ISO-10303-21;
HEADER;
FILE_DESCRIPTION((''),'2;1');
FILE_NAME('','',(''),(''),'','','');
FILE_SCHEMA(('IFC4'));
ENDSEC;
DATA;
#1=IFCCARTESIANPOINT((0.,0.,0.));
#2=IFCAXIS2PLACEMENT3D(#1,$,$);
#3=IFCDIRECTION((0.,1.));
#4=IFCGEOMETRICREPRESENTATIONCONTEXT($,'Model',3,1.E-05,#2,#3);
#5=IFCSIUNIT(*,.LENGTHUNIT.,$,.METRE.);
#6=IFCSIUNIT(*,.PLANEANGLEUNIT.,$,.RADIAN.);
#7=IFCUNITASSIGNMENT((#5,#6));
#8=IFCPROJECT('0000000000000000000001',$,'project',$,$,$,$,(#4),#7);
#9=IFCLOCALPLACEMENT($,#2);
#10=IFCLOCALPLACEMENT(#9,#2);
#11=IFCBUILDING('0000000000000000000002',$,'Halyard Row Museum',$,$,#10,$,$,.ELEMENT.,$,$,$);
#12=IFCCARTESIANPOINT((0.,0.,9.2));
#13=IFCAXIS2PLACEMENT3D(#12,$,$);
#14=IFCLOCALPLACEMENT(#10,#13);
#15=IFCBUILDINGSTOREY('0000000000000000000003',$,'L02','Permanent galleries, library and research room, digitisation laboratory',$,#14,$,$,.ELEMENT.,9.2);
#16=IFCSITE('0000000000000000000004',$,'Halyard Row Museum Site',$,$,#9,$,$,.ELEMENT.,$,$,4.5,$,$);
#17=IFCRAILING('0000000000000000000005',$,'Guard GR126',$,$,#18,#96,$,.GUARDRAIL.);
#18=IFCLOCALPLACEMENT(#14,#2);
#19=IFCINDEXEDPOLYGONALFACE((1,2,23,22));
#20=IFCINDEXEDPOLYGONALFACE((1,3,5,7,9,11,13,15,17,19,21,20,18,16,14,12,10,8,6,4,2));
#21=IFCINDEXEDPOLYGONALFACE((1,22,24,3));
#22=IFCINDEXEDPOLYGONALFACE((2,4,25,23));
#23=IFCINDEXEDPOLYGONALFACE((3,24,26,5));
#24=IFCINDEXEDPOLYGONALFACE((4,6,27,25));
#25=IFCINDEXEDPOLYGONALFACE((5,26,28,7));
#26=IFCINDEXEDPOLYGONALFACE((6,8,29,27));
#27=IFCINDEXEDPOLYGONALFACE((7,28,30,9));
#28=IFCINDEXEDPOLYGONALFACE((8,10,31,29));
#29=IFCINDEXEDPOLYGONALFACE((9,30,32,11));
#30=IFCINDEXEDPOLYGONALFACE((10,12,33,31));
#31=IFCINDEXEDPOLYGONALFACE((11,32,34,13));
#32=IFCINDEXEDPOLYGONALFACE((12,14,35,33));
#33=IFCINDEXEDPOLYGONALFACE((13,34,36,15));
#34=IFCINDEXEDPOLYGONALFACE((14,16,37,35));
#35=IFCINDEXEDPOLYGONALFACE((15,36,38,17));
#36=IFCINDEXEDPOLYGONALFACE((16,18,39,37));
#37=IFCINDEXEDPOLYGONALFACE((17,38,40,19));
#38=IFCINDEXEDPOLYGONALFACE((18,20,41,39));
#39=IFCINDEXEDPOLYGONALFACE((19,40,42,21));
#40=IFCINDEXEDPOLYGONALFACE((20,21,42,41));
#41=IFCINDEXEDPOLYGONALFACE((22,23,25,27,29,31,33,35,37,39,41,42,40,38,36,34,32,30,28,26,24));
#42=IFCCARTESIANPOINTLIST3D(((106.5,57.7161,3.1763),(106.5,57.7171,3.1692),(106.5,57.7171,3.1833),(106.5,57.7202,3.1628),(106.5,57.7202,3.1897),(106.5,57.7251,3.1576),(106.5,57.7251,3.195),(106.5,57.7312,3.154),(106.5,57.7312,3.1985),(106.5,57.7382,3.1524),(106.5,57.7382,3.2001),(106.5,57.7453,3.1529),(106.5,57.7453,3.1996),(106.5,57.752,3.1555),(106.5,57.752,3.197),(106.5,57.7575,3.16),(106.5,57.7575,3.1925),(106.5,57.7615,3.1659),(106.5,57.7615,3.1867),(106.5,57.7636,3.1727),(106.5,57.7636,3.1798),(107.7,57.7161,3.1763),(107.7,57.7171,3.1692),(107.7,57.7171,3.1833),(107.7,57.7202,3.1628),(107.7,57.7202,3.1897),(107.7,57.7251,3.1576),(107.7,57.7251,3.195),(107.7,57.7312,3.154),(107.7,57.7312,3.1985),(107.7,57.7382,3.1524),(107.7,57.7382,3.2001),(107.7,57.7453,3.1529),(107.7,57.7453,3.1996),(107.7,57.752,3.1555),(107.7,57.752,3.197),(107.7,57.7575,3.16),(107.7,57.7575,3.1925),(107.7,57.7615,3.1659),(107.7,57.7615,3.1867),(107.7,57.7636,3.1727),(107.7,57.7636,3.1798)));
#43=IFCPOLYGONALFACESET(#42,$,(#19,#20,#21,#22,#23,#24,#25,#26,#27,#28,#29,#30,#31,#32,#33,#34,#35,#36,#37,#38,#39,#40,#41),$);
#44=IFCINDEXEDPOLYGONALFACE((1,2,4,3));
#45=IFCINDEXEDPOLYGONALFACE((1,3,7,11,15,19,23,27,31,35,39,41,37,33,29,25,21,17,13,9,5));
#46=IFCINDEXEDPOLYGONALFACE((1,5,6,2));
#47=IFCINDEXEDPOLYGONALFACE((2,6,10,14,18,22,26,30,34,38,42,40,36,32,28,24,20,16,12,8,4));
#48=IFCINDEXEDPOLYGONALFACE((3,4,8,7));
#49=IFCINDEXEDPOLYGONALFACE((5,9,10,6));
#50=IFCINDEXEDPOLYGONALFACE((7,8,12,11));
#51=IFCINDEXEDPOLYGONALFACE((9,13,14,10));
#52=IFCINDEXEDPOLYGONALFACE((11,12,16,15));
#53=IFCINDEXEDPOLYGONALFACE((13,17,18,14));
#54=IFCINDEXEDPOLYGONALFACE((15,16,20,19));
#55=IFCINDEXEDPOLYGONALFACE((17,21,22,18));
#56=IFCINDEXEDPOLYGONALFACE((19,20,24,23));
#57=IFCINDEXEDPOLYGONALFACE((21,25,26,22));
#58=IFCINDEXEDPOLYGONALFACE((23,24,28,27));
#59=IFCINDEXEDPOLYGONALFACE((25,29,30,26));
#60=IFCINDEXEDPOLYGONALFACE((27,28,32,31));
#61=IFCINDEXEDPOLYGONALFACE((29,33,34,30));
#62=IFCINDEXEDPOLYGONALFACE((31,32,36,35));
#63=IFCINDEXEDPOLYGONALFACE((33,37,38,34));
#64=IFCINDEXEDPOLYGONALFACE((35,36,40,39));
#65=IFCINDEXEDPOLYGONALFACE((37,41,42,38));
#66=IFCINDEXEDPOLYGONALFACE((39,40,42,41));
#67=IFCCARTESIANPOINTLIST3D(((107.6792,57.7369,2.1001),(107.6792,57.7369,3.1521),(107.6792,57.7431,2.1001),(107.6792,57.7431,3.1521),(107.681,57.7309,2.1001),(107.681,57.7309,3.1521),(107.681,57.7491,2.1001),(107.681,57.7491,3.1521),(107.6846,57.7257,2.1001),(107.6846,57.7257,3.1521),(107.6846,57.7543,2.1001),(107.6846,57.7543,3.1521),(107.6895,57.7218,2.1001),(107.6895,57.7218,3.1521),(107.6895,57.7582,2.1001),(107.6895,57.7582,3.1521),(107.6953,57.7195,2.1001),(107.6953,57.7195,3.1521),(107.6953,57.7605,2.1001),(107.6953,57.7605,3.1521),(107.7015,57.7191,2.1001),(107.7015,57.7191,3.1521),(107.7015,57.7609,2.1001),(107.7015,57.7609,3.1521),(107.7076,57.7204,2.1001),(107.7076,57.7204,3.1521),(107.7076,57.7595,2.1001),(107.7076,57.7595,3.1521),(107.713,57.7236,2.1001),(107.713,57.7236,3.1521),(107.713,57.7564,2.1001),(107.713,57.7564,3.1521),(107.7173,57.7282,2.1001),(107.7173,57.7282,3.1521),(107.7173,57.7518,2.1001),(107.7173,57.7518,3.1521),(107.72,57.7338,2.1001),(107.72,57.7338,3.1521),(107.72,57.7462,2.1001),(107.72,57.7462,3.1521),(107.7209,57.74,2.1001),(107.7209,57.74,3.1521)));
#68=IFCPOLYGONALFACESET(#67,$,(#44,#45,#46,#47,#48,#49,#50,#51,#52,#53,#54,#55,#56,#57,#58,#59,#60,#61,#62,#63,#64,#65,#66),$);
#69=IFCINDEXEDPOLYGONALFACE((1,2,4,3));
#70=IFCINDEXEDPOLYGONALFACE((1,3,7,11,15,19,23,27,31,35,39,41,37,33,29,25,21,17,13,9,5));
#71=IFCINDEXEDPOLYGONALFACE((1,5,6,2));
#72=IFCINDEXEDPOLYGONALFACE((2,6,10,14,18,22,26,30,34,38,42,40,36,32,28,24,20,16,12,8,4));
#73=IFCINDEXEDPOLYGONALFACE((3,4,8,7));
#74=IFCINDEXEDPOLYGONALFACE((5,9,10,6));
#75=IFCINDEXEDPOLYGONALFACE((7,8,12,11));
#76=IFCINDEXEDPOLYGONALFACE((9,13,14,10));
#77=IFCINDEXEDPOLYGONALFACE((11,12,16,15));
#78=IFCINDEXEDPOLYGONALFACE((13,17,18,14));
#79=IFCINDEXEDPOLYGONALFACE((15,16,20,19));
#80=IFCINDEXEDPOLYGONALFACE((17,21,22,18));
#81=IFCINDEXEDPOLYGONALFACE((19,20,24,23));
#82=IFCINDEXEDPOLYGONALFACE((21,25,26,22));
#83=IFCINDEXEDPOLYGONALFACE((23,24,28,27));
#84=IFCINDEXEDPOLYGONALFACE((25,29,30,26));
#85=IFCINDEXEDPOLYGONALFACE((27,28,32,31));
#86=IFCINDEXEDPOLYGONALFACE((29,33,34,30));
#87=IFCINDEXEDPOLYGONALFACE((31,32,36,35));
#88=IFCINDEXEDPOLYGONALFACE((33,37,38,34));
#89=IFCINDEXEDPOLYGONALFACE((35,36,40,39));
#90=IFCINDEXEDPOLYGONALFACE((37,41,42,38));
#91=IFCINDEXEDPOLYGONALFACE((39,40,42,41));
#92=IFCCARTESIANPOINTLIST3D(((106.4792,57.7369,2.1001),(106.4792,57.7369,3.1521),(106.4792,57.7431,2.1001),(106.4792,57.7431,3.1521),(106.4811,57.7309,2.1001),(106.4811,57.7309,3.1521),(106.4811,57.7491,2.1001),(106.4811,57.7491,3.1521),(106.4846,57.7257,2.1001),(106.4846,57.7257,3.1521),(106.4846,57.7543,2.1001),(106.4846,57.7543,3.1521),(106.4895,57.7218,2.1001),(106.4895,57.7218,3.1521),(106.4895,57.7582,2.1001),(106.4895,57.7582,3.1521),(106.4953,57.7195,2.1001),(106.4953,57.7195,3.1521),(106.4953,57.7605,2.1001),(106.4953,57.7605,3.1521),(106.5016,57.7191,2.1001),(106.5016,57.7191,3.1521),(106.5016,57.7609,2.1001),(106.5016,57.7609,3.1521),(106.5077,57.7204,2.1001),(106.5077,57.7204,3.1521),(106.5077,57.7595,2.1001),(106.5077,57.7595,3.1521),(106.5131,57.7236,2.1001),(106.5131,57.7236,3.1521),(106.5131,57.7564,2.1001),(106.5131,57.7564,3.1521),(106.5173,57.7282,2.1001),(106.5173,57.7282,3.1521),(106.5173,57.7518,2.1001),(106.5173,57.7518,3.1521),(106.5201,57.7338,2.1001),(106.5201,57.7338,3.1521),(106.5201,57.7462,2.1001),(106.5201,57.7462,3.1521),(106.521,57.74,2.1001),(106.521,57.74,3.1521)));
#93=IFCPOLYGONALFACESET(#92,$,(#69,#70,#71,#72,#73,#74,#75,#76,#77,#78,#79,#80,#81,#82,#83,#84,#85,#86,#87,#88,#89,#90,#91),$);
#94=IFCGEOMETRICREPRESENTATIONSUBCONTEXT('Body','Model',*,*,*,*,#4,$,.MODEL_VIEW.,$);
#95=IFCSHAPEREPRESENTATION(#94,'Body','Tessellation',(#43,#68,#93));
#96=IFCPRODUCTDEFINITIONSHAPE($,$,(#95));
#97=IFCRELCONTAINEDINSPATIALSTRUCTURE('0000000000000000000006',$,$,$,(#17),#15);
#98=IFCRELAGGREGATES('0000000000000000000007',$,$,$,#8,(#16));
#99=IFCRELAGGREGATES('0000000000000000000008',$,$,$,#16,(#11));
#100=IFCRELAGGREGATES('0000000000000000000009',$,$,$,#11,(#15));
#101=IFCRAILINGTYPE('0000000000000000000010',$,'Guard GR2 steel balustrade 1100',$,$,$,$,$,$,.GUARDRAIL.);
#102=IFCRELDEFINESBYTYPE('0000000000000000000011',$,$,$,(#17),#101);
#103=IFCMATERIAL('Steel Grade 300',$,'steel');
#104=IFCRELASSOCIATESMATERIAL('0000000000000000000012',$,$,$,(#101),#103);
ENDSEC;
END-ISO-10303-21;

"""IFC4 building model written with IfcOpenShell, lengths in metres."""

from ifc_helpers import new_model, si_unit, direction, frame, origin, origin_2d, place, context, subcontext, project, spatial, circle, extrude, material, type_object, element, save


model = new_model("IFC4")

# Units and contexts
model_context = context("Model", 3, precision=1e-05, world=origin(), true_north=direction((0.0, 1.0)))
body_context = subcontext(model_context, "Body", "Model", "MODEL_VIEW")
ifc_project = project(units=[si_unit("LENGTHUNIT", "METRE"), si_unit("PLANEANGLEUNIT", "RADIAN")], contexts=[model_context])

# Site, building, storey
site_placement = place(None, origin())
site = spatial("IfcSite", under=ifc_project, at=site_placement, Name="Halyard Row Museum Site", CompositionType="ELEMENT", RefElevation=4.5)
building_placement = place(site_placement, origin())
building = spatial("IfcBuilding", under=site, at=building_placement, Name="Halyard Row Museum", CompositionType="ELEMENT")
storey_placement = place(building_placement, frame((0.0, 0.0, 9.2)))
storey = spatial("IfcBuildingStorey", under=building, at=storey_placement, Name="L02", Description="Permanent galleries, library and research room, digitisation laboratory", CompositionType="ELEMENT", Elevation=9.2)

# Railing
ifc_material_1 = material(Name="Steel Grade 300", Category="steel")
railing_type_1 = type_object("IfcRailingType", Name="Guard GR2 steel balustrade 1100", PredefinedType="GUARDRAIL", material=ifc_material_1)
railing_1_placement = place(storey_placement, frame((107.7, 57.74, 2.1001)))
element("IfcRailing", 1, at=railing_1_placement, inside=storey, type_object=railing_type_1, Name="Guard GR126", PredefinedType="GUARDRAIL", context=body_context, shape_type="SweptSolid", body=[
    extrude(circle(Radius=0.0239, at=origin_2d()), frame((0.0, 0.0, 1.0762), z_axis=(-1.0, 0.0, 0.0), x_axis=(0.0, -1.0, 0.0)), (0.0, 0.0, 1.0), 1.2),
    extrude(circle(Radius=0.021, at=origin_2d()), origin(), (0.0, 0.0, 1.0), 1.052),
    extrude(circle(Radius=0.021, at=origin_2d()), frame((-1.2, 0.0, 0.0)), (0.0, 0.0, 1.0), 1.052),
])

save(model, "model.ifc")
